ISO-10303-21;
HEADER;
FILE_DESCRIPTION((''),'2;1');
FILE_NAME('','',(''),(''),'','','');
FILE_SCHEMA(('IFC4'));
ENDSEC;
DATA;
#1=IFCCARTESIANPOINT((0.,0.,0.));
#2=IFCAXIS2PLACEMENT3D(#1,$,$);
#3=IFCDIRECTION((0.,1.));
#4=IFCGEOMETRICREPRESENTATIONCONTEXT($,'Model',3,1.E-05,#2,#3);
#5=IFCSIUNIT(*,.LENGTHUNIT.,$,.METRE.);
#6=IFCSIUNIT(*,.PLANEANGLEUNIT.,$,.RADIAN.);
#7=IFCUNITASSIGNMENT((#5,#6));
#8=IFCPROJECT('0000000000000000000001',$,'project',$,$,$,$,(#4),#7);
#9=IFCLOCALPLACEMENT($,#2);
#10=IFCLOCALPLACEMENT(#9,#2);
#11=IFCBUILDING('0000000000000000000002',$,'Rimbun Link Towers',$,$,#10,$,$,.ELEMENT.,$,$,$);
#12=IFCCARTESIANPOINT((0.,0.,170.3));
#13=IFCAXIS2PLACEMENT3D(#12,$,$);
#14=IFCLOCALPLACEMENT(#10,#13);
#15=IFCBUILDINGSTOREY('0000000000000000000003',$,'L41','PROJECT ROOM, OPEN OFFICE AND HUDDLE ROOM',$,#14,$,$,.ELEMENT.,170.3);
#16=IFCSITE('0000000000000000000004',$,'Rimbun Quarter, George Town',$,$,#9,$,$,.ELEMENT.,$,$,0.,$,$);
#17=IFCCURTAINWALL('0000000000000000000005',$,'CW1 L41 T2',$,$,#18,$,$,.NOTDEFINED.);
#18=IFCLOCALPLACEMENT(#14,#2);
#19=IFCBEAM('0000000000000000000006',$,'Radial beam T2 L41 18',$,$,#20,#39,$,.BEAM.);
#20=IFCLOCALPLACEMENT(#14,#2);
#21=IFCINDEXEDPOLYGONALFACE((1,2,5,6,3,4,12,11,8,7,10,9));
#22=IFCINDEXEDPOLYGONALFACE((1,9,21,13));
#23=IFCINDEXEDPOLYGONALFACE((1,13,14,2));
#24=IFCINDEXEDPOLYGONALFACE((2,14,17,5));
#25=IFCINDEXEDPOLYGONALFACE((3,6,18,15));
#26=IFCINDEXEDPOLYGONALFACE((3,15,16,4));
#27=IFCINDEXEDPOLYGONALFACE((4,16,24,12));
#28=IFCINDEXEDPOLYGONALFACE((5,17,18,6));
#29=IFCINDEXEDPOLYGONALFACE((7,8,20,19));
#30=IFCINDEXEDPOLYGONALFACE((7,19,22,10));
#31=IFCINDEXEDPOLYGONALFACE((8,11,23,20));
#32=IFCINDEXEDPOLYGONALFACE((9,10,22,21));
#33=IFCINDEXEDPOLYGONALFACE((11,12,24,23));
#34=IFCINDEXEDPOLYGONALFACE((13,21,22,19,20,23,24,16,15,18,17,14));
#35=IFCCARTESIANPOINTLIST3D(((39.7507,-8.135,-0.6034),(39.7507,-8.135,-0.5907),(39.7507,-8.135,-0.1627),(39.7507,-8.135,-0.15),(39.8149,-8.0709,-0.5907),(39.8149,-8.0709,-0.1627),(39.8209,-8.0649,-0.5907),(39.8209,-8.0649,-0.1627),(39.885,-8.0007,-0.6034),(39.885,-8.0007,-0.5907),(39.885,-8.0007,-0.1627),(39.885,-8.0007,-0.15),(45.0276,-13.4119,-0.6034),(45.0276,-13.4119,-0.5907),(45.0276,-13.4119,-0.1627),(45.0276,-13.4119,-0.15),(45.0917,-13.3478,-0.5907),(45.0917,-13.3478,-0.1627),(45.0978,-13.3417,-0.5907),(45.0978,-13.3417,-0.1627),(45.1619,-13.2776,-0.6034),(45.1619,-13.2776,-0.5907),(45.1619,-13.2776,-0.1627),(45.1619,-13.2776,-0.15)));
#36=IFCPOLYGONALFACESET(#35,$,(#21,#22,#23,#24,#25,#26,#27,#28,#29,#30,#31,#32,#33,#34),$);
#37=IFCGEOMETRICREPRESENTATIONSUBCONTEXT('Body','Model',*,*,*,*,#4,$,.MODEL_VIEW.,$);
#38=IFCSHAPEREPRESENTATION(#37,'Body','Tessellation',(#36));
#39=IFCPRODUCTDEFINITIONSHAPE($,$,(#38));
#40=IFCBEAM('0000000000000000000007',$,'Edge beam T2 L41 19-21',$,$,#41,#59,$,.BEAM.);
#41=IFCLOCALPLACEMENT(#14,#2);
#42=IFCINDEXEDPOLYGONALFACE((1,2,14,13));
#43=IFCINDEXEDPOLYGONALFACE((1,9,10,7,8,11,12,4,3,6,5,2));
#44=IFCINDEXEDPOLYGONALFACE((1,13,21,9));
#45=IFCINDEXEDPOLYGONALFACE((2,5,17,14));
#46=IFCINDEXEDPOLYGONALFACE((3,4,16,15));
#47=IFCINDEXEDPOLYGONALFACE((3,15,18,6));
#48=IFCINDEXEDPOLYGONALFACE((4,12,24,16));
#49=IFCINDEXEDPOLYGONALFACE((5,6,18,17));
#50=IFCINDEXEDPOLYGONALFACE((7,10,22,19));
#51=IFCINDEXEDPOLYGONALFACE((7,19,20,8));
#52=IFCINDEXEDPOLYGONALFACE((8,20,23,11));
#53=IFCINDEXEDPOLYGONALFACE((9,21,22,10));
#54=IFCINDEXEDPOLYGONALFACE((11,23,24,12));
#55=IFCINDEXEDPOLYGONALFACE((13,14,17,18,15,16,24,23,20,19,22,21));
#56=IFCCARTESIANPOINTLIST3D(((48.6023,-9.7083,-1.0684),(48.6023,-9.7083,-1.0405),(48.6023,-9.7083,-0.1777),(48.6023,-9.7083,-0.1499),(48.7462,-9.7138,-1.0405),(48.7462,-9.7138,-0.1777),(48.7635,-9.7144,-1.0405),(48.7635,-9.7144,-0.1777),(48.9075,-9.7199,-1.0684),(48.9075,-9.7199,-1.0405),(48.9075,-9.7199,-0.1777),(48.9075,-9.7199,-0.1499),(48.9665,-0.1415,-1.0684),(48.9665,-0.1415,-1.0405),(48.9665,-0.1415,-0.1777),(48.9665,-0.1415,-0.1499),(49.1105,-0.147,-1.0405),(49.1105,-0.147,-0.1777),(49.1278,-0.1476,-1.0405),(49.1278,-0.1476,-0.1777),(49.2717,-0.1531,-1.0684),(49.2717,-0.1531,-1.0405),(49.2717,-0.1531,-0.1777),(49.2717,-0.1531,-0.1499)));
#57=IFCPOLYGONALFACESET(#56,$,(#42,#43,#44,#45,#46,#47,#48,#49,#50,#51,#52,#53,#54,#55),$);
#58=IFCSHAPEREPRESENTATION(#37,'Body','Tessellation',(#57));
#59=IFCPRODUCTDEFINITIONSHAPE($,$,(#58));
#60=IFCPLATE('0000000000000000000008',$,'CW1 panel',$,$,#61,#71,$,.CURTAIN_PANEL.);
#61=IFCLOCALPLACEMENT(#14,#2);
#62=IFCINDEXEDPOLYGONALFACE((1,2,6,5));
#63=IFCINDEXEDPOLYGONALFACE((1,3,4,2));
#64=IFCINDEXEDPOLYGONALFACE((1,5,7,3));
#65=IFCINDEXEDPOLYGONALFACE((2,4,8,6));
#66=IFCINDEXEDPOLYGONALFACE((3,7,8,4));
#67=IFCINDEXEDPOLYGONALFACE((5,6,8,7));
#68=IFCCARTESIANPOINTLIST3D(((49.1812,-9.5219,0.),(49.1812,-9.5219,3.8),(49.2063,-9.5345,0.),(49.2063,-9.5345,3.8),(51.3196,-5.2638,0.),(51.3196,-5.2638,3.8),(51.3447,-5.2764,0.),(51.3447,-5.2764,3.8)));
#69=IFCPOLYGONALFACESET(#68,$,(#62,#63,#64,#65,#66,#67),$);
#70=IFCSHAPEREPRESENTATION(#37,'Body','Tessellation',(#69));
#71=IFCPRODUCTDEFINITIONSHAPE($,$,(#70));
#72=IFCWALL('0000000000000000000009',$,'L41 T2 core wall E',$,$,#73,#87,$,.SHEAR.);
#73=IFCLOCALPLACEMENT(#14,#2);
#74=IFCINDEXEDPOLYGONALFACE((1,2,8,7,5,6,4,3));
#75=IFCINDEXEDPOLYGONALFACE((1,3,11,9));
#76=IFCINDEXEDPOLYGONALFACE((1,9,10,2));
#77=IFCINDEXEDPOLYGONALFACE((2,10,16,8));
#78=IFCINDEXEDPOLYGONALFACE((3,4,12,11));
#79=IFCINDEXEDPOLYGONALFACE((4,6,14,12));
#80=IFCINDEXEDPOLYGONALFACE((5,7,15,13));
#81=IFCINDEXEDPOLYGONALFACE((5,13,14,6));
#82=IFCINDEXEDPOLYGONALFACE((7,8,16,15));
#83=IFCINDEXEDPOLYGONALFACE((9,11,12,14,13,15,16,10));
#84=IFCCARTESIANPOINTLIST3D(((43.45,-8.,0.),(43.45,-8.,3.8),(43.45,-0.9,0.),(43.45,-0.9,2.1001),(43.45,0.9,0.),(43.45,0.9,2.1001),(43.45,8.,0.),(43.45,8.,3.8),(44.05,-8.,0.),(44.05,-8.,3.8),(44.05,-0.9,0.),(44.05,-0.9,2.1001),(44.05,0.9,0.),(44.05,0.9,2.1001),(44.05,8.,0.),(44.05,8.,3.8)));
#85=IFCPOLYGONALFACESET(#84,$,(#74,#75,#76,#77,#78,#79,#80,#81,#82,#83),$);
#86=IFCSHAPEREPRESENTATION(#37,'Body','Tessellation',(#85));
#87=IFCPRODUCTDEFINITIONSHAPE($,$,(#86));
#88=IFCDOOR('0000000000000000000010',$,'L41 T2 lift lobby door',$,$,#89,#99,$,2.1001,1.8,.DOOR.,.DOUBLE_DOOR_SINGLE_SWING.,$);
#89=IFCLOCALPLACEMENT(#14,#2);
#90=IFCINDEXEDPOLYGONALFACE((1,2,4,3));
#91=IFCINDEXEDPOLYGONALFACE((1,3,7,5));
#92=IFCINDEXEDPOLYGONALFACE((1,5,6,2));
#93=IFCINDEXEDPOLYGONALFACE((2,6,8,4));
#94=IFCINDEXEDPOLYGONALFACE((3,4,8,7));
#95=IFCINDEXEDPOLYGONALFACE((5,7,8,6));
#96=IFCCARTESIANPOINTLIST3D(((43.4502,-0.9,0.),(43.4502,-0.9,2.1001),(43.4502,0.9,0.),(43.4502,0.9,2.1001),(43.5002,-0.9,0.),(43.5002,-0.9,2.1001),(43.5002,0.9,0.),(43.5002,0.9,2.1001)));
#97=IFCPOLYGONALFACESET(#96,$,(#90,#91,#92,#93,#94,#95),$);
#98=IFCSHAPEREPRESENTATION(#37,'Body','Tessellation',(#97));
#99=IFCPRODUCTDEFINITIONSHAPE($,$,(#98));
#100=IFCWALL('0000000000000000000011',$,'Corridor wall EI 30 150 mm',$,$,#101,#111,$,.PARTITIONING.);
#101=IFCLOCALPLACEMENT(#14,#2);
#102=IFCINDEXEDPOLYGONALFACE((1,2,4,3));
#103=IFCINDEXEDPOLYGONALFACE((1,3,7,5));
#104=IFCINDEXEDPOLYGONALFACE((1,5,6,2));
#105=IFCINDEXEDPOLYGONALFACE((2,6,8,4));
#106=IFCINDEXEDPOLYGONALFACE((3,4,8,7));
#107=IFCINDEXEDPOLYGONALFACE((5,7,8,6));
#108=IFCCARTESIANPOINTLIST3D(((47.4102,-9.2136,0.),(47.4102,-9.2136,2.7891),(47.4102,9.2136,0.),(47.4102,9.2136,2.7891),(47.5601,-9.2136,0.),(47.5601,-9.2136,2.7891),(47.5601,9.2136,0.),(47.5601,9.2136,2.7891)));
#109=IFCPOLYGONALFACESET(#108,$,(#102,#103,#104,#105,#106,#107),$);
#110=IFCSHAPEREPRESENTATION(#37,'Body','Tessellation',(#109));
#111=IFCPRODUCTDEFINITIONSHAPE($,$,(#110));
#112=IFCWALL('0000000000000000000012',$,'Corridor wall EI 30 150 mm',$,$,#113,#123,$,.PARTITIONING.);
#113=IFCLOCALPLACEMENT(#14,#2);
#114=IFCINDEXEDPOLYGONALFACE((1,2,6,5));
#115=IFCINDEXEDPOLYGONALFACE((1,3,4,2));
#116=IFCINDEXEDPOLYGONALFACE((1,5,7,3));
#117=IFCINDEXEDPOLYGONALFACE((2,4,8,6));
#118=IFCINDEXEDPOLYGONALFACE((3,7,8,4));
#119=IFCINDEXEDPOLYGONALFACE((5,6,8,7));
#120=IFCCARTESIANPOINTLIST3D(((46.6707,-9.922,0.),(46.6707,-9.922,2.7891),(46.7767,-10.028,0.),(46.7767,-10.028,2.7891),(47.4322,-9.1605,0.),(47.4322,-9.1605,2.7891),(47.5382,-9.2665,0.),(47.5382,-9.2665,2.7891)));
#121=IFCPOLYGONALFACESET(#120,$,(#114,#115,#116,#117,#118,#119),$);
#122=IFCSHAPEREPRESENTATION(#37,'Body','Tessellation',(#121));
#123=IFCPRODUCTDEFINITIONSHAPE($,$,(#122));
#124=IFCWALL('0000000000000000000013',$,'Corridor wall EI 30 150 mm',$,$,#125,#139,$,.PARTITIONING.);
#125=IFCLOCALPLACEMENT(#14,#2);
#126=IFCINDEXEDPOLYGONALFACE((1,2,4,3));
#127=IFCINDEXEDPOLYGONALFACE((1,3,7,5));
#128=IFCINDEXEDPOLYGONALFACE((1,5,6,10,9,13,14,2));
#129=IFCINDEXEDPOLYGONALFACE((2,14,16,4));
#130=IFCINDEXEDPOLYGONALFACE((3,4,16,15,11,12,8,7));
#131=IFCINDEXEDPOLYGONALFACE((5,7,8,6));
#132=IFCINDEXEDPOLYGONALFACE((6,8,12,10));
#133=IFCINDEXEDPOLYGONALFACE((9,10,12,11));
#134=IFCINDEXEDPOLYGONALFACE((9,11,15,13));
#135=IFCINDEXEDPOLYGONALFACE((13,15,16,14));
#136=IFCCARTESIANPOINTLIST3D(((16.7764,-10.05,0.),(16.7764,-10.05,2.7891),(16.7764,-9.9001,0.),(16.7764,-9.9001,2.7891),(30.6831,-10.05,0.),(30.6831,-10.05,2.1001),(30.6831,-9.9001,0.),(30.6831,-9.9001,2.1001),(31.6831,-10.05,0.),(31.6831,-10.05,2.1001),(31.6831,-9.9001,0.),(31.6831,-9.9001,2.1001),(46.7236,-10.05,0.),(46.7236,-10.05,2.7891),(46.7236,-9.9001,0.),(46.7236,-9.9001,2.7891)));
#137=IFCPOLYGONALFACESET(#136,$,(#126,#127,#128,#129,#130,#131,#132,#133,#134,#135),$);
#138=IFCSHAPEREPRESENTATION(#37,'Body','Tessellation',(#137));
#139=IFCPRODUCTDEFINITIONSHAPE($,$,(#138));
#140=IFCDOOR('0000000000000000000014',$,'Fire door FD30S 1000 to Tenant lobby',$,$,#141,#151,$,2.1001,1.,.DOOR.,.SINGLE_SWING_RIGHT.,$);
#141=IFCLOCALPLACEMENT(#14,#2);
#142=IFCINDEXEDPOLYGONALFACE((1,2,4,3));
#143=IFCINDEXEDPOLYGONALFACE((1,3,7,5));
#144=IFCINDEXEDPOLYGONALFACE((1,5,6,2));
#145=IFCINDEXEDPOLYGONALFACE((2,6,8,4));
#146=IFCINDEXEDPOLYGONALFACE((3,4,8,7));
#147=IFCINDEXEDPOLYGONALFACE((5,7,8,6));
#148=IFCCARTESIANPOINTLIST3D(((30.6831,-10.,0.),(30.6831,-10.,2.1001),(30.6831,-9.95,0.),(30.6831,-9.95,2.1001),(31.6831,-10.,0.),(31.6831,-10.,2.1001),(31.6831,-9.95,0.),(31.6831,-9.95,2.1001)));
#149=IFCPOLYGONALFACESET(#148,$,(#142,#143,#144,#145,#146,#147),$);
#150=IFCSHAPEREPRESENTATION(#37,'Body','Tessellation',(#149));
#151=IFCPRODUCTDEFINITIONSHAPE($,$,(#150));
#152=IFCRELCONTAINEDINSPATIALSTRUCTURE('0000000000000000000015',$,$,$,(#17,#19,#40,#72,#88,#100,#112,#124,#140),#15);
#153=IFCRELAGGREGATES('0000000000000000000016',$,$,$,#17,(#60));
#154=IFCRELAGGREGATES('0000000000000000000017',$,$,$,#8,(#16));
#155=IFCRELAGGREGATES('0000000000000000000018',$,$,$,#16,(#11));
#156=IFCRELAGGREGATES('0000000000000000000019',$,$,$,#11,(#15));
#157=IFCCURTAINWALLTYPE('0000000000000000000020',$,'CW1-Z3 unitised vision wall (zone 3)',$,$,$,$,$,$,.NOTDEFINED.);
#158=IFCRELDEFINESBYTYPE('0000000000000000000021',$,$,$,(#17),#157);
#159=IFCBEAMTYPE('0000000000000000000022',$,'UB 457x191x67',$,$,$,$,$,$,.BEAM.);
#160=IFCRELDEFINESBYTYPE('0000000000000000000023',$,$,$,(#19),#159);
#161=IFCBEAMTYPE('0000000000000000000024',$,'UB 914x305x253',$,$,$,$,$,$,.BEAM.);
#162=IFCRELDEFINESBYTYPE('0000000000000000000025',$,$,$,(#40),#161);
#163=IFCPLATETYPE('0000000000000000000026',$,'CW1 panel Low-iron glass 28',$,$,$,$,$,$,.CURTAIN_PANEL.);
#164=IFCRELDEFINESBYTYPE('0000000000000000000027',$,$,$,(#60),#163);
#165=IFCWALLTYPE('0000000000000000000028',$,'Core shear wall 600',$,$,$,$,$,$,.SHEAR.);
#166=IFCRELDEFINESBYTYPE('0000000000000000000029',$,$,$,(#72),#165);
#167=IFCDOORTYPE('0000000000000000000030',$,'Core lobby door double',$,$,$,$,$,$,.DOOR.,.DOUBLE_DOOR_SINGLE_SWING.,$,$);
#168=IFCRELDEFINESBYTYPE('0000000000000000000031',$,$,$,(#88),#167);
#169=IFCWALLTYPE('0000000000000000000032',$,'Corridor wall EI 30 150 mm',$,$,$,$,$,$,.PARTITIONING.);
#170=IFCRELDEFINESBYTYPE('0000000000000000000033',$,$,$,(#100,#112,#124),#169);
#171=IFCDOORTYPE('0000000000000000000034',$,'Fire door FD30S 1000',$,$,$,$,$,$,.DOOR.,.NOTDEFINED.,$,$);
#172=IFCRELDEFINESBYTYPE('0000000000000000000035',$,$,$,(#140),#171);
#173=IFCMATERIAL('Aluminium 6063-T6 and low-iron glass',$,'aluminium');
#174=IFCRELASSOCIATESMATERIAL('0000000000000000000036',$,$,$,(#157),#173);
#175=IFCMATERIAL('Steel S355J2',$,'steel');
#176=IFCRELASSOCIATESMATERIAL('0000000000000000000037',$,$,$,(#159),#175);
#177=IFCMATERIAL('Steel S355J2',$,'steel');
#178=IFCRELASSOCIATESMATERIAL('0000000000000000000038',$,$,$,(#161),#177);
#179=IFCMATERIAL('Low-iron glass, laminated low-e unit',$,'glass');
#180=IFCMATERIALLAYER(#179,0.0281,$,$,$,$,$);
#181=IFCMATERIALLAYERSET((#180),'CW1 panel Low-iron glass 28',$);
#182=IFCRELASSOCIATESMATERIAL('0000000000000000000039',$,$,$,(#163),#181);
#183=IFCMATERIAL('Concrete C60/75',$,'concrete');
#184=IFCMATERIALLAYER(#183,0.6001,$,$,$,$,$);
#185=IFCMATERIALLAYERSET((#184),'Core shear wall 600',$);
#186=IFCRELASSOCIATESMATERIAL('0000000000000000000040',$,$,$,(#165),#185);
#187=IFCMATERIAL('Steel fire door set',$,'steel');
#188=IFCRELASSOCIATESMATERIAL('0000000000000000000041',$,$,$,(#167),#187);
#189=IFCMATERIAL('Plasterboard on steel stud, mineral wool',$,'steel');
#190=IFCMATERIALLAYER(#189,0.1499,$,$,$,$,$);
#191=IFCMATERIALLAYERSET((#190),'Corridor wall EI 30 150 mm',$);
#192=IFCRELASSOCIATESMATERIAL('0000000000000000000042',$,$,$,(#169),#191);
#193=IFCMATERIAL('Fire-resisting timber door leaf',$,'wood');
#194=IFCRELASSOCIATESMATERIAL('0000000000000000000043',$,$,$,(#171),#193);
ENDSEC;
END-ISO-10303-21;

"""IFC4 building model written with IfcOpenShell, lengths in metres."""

from ifc_helpers import new_model, si_unit, direction, frame, frame_2d, origin, origin_2d, place, context, subcontext, project, spatial, rectangle, i_section, extrude, material, layer, layer_set, material_profile, profile_set, type_object, element, fill, aggregate, save


model = new_model("IFC4")

# Units and contexts
model_context = context("Model", 3, precision=1e-05, world=origin(), true_north=direction((0.0, 1.0)))
body_context = subcontext(model_context, "Body", "Model", "MODEL_VIEW")
ifc_project = project(units=[si_unit("LENGTHUNIT", "METRE"), si_unit("PLANEANGLEUNIT", "RADIAN")], contexts=[model_context])

# Site, building, storey
site_placement = place(None, origin())
site = spatial("IfcSite", under=ifc_project, at=site_placement, Name="Rimbun Quarter, George Town", CompositionType="ELEMENT", RefElevation=0.0)
building_placement = place(site_placement, origin())
building = spatial("IfcBuilding", under=site, at=building_placement, Name="Rimbun Link Towers", CompositionType="ELEMENT")
storey_placement = place(building_placement, frame((0.0, 0.0, 170.3)))
storey = spatial("IfcBuildingStorey", under=building, at=storey_placement, Name="L41", Description="PROJECT ROOM, OPEN OFFICE AND HUDDLE ROOM", CompositionType="ELEMENT", Elevation=170.3)

# Curtain wall
ifc_material_1 = material(Name="Aluminium 6063-T6 and low-iron glass", Category="aluminium")
curtain_wall_type = type_object("IfcCurtainWallType", Name="CW1-Z3 unitised vision wall (zone 3)", PredefinedType="NOTDEFINED", material=ifc_material_1)
curtain_wall_placement = place(storey_placement, origin())
curtain_wall = element("IfcCurtainWall", 1, at=curtain_wall_placement, inside=storey, type_object=curtain_wall_type, Name="CW1 L41 T2", PredefinedType="NOTDEFINED")

# Beams
ifc_material_2 = material(Name="Steel S355J2", Category="steel")
ifc_material_profile_1 = material_profile(ifc_material_2, i_section(OverallWidth=0.1899, OverallDepth=0.4534, WebThickness=0.0085, FlangeThickness=0.0127, at=origin_2d()), Name="UB 457x191x67")
ifc_profile_set_1 = profile_set([ifc_material_profile_1], Name="Steel S355J2")
beam_type_1 = type_object("IfcBeamType", Name="UB 457x191x67", PredefinedType="BEAM", material=ifc_profile_set_1)
beam_1_placement = place(storey_placement, frame((39.8179, -8.0679, -0.3767), z_axis=(0.707107, -0.707107, 0.0), x_axis=(0.707107, 0.707107, 0.0)))
element("IfcBeam", 2, at=beam_1_placement, inside=storey, type_object=beam_type_1, Name="Radial beam T2 L41 18", PredefinedType="BEAM", context=body_context, shape_type="SweptSolid", body=[
    extrude(i_section(OverallWidth=0.1899, OverallDepth=0.4534, WebThickness=0.0085, FlangeThickness=0.0127, at=origin_2d()), origin(), (0.0, 0.0, 1.0), 7.4626),
])
ifc_material_3 = material(Name="Steel S355J2", Category="steel")
ifc_material_profile_2 = material_profile(ifc_material_3, i_section(OverallWidth=0.3054, OverallDepth=0.9185, WebThickness=0.0173, FlangeThickness=0.0278, at=origin_2d()), Name="UB 914x305x253")
ifc_profile_set_2 = profile_set([ifc_material_profile_2], Name="Steel S355J2")
beam_type_2 = type_object("IfcBeamType", Name="UB 914x305x253", PredefinedType="BEAM", material=ifc_profile_set_2)
beam_2_placement = place(storey_placement, frame((48.7549, -9.7141, -0.6091), z_axis=(0.038047, 0.999276, 0.0), x_axis=(-0.999276, 0.038047, 0.0)))
element("IfcBeam", 3, at=beam_2_placement, inside=storey, type_object=beam_type_2, Name="Edge beam T2 L41 19-21", PredefinedType="BEAM", context=body_context, shape_type="SweptSolid", body=[
    extrude(i_section(OverallWidth=0.3054, OverallDepth=0.9185, WebThickness=0.0173, FlangeThickness=0.0278, at=origin_2d()), origin(), (0.0, 0.0, 1.0), 9.5737),
])

# Plate
ifc_material_4 = material(Name="Low-iron glass, laminated low-e unit", Category="glass")
ifc_layer_1 = layer(ifc_material_4, 0.0281)
ifc_layer_set_1 = layer_set([ifc_layer_1], Name="CW1 panel Low-iron glass 28")
plate_type = type_object("IfcPlateType", Name="CW1 panel Low-iron glass 28", PredefinedType="CURTAIN_PANEL", material=ifc_layer_set_1)
plate_placement = place(storey_placement, frame((50.2629, -7.3992, 0.0), z_axis=(0.0, 0.0, 1.0), x_axis=(-0.448773, -0.893646, 0.0)))
plate = element("IfcPlate", 4, at=plate_placement, type_object=plate_type, Name="CW1 panel", PredefinedType="CURTAIN_PANEL", context=body_context, shape_type="SweptSolid", body=[
    extrude(rectangle(XDim=4.7649, YDim=0.0281, at=origin_2d()), origin(), (0.0, 0.0, 1.0), 3.8),
])
aggregate(curtain_wall, [plate])

# Wall, opening, door
ifc_material_5 = material(Name="Concrete C60/75", Category="concrete")
ifc_layer_2 = layer(ifc_material_5, 0.6001)
ifc_layer_set_2 = layer_set([ifc_layer_2], Name="Core shear wall 600")
wall_type_1 = type_object("IfcWallType", Name="Core shear wall 600", PredefinedType="SHEAR", material=ifc_layer_set_2)
wall_1_placement = place(storey_placement, frame((43.75, -8.0, 0.0), z_axis=(0.0, 0.0, 1.0), x_axis=(0.0, 1.0, 0.0)))
wall_1 = element("IfcWall", 5, at=wall_1_placement, inside=storey, type_object=wall_type_1, Name="L41 T2 core wall E", PredefinedType="SHEAR", context=body_context, shape_type="SweptSolid", body=[
    extrude(rectangle(XDim=16.0, YDim=0.6001, at=frame_2d((8.0, 0.0))), origin(), (0.0, 0.0, 1.0), 3.8),
])
opening_1_placement = place(wall_1_placement, frame((7.1001, 0.0, 0.0)))
opening_1 = element("IfcOpeningElement", 6, at=opening_1_placement, cuts=wall_1, PredefinedType="OPENING", context=body_context, shape_type="SweptSolid", body=[
    extrude(rectangle(XDim=1.8, YDim=2.1001, at=frame_2d((0.8999, 1.05))), frame((0.0, 0.3101, 0.0), z_axis=(0.0, -1.0, 0.0), x_axis=(1.0, 0.0, 0.0)), (0.0, 0.0, 1.0), 0.6201),
])
ifc_material_6 = material(Name="Steel fire door set", Category="steel")
door_type_1 = type_object("IfcDoorType", Name="Core lobby door double", OperationType="DOUBLE_DOOR_SINGLE_SWING", PredefinedType="DOOR", material=ifc_material_6)
door_1_placement = place(opening_1_placement, origin())
door_1 = element("IfcDoor", 7, at=door_1_placement, inside=storey, type_object=door_type_1, Name="L41 T2 lift lobby door", OperationType="DOUBLE_DOOR_SINGLE_SWING", OverallHeight=2.1001, OverallWidth=1.8, PredefinedType="DOOR", context=body_context, shape_type="SweptSolid", body=[
    extrude(rectangle(XDim=1.8, YDim=2.1001, at=frame_2d((0.8999, 1.05))), frame((0.0, 0.2998, 0.0), z_axis=(0.0, -1.0, 0.0), x_axis=(1.0, 0.0, 0.0)), (0.0, 0.0, 1.0), 0.05),
])
fill(opening_1, door_1)

# Walls
ifc_material_7 = material(Name="Plasterboard on steel stud, mineral wool", Category="steel")
ifc_layer_3 = layer(ifc_material_7, 0.1499)
ifc_layer_set_3 = layer_set([ifc_layer_3], Name="Corridor wall EI 30 150 mm")
wall_type_2 = type_object("IfcWallType", Name="Corridor wall EI 30 150 mm", PredefinedType="PARTITIONING", material=ifc_layer_set_3)
wall_2_placement = place(storey_placement, frame((47.4851, -9.2136, 0.0), z_axis=(0.0, 0.0, 1.0), x_axis=(0.0, 1.0, 0.0)))
element("IfcWall", 8, at=wall_2_placement, inside=storey, type_object=wall_type_2, Name="Corridor wall EI 30 150 mm", PredefinedType="PARTITIONING", context=body_context, shape_type="SweptSolid", body=[
    extrude(rectangle(XDim=18.4272, YDim=0.1499, at=frame_2d((9.2136, 0.0))), origin(), (0.0, 0.0, 1.0), 2.7891),
])
wall_3_placement = place(storey_placement, frame((46.7236, -9.9751, 0.0), z_axis=(0.0, 0.0, 1.0), x_axis=(0.707107, 0.707107, 0.0)))
element("IfcWall", 9, at=wall_3_placement, inside=storey, type_object=wall_type_2, Name="Corridor wall EI 30 150 mm", PredefinedType="PARTITIONING", context=body_context, shape_type="SweptSolid", body=[
    extrude(rectangle(XDim=1.0769, YDim=0.1499, at=frame_2d((0.5386, 0.0))), origin(), (0.0, 0.0, 1.0), 2.7891),
])

# Wall, opening, door
wall_4_placement = place(storey_placement, frame((46.7236, -9.9751, 0.0), z_axis=(0.0, 0.0, 1.0), x_axis=(-1.0, 0.0, 0.0)))
wall_4 = element("IfcWall", 10, at=wall_4_placement, inside=storey, type_object=wall_type_2, Name="Corridor wall EI 30 150 mm", PredefinedType="PARTITIONING", context=body_context, shape_type="SweptSolid", body=[
    extrude(rectangle(XDim=29.9473, YDim=0.1499, at=frame_2d((14.9736, 0.0))), origin(), (0.0, 0.0, 1.0), 2.7891),
])
opening_2_placement = place(wall_4_placement, frame((15.0405, 0.0, 0.0)))
opening_2 = element("IfcOpeningElement", 11, at=opening_2_placement, cuts=wall_4, PredefinedType="OPENING", context=body_context, shape_type="SweptSolid", body=[
    extrude(rectangle(XDim=1.0, YDim=2.1001, at=frame_2d((0.5, 1.05))), frame((0.0, 0.085, 0.0), z_axis=(0.0, -1.0, 0.0), x_axis=(1.0, 0.0, 0.0)), (0.0, 0.0, 1.0), 0.1699),
])
ifc_material_8 = material(Name="Fire-resisting timber door leaf", Category="wood")
door_type_2 = type_object("IfcDoorType", Name="Fire door FD30S 1000", OperationType="NOTDEFINED", PredefinedType="DOOR", material=ifc_material_8)
door_2_placement = place(opening_2_placement, origin())
door_2 = element("IfcDoor", 12, at=door_2_placement, inside=storey, type_object=door_type_2, Name="Fire door FD30S 1000 to Tenant lobby", OperationType="SINGLE_SWING_RIGHT", OverallHeight=2.1001, OverallWidth=1.0, PredefinedType="DOOR", context=body_context, shape_type="SweptSolid", body=[
    extrude(rectangle(XDim=1.0, YDim=2.1001, at=frame_2d((0.5, 1.05))), frame((0.0, 0.0249, 0.0), z_axis=(0.0, -1.0, 0.0), x_axis=(1.0, 0.0, 0.0)), (0.0, 0.0, 1.0), 0.05),
])
fill(opening_2, door_2)

save(model, "model.ifc")
